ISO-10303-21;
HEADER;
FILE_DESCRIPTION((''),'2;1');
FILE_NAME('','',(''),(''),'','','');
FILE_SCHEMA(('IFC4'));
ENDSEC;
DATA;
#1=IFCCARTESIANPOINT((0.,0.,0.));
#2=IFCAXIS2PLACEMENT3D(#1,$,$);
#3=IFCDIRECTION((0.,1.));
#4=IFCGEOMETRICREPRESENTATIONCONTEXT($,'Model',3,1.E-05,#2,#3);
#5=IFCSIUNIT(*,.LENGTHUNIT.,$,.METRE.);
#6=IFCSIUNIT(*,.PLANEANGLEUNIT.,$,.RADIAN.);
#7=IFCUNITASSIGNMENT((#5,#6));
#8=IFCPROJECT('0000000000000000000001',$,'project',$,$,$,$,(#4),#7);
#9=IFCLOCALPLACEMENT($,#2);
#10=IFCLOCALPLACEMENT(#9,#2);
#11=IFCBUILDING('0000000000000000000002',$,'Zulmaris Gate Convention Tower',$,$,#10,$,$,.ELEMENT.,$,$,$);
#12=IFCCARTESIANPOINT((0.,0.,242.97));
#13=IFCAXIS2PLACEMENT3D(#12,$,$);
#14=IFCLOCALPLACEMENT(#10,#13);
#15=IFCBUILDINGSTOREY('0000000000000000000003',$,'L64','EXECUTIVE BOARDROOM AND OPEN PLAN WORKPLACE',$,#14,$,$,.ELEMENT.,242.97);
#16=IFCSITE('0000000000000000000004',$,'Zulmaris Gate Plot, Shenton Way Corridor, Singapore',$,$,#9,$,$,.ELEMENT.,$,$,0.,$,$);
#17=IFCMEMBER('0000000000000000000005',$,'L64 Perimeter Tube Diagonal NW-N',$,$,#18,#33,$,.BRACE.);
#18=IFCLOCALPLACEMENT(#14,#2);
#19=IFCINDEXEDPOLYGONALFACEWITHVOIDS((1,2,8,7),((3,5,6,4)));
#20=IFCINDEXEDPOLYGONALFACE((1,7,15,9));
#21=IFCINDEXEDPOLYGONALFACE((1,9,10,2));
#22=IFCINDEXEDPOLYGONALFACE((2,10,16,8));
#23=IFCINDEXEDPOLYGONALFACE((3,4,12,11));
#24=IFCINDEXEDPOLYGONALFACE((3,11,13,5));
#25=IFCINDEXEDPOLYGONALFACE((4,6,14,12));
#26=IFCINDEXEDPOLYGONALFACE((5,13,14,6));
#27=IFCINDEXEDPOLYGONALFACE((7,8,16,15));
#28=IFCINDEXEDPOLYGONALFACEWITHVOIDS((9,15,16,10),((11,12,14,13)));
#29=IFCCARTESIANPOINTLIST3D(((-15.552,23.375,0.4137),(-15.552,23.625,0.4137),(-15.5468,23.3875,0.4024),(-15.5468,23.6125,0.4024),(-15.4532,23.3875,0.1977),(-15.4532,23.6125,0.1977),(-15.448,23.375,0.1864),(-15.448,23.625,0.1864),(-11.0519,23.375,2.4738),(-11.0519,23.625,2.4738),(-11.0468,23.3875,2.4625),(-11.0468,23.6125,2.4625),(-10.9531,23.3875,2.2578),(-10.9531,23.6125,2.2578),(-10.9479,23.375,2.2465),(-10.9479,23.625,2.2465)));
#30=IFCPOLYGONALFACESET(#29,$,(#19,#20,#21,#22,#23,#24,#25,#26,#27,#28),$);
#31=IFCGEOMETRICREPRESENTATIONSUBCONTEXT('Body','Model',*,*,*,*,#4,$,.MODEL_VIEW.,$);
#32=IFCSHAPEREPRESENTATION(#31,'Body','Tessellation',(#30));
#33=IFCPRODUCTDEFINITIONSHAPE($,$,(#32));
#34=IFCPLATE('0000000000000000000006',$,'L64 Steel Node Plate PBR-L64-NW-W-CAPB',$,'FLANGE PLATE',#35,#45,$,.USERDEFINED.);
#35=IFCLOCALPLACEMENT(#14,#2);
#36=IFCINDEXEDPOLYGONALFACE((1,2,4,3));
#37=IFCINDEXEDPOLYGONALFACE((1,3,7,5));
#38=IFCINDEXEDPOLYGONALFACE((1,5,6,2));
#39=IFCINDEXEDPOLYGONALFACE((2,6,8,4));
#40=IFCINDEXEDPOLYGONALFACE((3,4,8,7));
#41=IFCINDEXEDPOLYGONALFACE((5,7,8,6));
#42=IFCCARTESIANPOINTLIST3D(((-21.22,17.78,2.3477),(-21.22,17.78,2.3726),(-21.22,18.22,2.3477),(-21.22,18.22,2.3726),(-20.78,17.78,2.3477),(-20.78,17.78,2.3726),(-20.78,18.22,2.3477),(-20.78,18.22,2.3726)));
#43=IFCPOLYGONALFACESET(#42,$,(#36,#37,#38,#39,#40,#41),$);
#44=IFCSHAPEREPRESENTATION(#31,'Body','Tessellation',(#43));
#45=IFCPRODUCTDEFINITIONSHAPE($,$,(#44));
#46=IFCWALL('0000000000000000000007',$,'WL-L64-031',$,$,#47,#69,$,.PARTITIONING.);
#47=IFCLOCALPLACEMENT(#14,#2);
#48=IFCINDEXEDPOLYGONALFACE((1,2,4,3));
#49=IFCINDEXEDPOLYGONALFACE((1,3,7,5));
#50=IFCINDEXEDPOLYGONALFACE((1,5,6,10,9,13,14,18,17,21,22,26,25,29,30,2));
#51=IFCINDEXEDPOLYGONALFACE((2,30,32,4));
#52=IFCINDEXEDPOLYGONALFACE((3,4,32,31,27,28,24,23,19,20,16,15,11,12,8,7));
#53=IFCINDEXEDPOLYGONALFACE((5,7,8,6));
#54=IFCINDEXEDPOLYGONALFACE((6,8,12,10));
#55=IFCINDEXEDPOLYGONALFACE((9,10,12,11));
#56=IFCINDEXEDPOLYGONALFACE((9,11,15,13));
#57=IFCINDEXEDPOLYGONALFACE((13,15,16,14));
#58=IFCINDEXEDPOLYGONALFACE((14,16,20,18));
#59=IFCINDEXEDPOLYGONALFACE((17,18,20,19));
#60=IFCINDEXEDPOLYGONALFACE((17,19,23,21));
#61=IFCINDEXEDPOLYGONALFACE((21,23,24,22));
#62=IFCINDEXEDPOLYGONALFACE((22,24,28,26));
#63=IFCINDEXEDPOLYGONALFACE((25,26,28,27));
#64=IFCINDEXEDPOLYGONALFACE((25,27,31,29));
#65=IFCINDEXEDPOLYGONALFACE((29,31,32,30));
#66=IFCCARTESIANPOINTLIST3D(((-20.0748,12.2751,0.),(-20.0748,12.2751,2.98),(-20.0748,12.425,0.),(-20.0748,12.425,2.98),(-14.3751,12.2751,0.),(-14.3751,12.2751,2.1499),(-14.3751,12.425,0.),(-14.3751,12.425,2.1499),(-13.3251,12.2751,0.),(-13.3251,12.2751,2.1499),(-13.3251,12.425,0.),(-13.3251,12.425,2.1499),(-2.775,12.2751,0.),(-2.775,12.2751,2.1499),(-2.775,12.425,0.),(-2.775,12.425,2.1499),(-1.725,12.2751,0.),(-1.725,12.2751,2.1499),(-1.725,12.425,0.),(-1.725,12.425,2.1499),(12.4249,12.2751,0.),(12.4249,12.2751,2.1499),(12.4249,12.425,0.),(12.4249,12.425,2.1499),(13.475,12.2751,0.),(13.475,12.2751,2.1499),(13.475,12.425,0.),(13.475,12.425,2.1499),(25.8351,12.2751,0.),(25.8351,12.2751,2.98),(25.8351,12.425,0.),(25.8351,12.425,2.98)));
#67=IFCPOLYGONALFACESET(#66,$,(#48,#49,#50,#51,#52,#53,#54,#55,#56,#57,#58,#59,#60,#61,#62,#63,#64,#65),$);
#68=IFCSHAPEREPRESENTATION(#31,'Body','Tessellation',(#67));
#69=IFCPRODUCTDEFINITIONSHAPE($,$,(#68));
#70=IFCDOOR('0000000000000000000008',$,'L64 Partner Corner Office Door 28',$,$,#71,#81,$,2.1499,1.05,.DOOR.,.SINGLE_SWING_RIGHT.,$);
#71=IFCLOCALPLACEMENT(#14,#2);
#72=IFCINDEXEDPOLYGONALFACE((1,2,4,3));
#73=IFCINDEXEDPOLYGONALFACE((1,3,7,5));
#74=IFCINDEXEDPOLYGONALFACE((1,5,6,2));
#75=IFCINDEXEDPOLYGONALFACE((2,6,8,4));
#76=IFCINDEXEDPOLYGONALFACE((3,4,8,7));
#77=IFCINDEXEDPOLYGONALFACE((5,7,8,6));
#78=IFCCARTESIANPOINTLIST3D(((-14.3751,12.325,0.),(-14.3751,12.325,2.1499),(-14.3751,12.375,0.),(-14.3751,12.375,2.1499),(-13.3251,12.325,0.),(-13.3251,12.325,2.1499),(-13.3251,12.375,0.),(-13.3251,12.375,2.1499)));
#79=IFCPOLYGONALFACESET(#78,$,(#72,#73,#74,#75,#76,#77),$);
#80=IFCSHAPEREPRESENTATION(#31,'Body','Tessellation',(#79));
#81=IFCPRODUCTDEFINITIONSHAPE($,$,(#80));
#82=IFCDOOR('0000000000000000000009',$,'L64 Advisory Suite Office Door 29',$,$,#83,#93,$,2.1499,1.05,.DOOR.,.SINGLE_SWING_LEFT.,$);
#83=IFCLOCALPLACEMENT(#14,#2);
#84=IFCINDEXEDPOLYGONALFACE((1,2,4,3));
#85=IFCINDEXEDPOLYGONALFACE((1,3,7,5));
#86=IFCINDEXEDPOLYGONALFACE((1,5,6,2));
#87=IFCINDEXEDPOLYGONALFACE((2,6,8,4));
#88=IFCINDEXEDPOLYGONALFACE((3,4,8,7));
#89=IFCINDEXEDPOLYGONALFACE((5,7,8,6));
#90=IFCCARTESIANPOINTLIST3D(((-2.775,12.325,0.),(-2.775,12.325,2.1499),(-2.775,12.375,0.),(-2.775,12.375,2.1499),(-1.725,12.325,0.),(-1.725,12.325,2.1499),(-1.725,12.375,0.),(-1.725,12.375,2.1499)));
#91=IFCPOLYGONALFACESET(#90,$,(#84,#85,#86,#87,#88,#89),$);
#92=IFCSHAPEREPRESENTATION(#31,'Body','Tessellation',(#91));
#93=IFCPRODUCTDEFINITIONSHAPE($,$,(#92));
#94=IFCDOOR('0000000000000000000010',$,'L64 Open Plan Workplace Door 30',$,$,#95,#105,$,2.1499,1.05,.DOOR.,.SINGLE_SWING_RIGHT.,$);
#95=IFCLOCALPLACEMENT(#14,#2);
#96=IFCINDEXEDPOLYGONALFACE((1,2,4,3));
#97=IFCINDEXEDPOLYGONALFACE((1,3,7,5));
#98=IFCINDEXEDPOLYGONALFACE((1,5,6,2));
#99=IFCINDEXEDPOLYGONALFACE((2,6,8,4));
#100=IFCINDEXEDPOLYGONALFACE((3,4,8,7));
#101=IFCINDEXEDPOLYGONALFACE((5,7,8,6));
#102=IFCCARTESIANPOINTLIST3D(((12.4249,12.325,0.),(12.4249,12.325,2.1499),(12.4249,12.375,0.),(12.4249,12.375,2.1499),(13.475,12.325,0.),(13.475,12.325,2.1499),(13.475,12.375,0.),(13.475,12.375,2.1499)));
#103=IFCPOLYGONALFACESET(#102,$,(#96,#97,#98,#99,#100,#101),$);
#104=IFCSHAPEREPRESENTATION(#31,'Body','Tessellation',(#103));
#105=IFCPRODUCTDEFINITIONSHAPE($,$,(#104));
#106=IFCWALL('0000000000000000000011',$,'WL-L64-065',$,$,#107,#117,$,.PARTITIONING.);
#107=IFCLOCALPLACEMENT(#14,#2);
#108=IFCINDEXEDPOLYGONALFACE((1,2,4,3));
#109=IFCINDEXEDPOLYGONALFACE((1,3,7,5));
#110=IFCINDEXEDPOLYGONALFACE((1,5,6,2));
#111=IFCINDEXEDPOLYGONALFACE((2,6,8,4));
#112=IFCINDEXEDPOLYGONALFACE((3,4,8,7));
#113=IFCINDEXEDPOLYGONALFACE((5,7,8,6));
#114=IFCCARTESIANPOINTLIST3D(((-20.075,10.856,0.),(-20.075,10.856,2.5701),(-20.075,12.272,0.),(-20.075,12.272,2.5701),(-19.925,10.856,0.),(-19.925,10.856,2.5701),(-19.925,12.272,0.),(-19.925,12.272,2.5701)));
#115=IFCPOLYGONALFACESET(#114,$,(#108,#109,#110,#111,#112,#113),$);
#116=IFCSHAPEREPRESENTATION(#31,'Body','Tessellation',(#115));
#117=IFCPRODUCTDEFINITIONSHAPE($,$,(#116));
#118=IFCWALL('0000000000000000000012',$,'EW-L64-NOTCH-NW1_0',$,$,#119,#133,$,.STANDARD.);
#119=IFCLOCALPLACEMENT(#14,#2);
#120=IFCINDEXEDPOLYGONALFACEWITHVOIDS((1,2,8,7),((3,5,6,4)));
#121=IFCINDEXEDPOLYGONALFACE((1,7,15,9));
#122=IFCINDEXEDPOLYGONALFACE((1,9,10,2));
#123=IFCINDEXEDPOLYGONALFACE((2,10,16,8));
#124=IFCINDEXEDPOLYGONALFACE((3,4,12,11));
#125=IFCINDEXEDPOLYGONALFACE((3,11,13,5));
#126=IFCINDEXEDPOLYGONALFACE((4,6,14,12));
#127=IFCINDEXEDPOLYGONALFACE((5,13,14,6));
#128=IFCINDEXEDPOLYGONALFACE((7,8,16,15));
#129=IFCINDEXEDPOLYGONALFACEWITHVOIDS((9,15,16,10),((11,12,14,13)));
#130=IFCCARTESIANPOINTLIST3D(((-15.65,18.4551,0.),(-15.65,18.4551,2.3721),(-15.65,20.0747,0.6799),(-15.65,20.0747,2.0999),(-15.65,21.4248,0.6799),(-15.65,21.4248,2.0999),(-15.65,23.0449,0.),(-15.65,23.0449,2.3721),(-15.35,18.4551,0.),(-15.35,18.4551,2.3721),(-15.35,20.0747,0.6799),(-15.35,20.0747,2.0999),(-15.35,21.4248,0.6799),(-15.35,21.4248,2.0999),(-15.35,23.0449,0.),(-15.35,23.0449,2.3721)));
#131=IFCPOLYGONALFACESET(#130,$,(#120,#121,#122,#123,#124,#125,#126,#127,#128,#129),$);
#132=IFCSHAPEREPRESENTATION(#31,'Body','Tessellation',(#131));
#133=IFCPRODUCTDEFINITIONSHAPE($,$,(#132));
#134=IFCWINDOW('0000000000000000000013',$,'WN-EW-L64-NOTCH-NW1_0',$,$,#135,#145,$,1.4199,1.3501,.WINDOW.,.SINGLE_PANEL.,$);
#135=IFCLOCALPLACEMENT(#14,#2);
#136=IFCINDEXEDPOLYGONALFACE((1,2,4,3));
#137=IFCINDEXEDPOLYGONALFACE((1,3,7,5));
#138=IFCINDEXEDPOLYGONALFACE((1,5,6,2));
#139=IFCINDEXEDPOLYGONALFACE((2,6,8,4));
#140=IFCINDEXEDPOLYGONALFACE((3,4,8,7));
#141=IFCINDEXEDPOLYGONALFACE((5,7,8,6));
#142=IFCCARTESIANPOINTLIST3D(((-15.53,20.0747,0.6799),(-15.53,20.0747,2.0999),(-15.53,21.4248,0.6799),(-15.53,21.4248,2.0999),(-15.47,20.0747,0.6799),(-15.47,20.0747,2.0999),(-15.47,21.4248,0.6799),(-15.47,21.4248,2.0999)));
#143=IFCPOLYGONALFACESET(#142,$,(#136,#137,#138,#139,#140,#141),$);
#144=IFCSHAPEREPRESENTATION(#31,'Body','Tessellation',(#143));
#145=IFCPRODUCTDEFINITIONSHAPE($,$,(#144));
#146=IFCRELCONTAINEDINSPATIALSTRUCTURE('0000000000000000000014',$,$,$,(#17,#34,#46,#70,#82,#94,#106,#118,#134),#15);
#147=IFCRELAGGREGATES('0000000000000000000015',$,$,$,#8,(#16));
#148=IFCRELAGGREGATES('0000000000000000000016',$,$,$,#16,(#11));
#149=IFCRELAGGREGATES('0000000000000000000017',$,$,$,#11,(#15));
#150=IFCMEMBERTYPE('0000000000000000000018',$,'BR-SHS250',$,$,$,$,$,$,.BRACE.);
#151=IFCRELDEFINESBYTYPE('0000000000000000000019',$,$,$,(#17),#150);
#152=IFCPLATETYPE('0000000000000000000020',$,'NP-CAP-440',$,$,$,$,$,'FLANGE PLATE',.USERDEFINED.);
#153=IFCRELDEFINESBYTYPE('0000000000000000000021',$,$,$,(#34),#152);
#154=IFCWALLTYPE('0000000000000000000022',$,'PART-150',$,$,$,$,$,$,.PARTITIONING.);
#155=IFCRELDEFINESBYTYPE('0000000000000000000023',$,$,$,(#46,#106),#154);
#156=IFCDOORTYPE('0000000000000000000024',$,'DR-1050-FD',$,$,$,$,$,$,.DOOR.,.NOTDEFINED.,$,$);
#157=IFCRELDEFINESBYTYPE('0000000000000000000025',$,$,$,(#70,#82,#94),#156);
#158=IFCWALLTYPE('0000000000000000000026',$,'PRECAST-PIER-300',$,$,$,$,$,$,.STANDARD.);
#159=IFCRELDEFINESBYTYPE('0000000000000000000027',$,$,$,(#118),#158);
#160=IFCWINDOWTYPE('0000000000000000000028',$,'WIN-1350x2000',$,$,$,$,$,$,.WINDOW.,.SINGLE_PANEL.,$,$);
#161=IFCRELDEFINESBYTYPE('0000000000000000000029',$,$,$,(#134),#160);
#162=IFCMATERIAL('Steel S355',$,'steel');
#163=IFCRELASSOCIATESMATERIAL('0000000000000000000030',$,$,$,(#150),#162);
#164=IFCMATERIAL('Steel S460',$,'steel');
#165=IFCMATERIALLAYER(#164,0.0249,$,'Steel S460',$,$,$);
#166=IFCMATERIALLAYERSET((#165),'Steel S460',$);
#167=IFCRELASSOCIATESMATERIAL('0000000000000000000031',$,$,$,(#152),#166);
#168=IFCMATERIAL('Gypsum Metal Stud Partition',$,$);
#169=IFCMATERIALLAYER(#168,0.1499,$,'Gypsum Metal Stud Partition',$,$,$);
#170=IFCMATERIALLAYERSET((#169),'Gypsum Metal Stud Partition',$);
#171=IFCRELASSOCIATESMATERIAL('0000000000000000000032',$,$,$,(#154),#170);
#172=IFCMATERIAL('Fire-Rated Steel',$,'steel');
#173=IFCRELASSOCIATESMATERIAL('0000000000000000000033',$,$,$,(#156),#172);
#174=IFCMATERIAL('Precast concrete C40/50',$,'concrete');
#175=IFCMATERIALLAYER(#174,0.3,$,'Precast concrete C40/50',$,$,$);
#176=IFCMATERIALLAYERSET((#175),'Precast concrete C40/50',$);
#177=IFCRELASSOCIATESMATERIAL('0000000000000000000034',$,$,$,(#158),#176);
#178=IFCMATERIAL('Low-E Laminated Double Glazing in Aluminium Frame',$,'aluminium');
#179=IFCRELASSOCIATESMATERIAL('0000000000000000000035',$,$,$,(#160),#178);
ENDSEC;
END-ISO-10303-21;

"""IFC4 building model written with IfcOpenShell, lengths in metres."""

from ifc_helpers import new_model, si_unit, direction, frame, frame_2d, origin, origin_2d, place, context, subcontext, project, spatial, rectangle, hollow_rectangle, extrude, material, layer, layer_set, material_profile, profile_set, type_object, element, fill, save


model = new_model("IFC4")

# Units and contexts
model_context = context("Model", 3, precision=1e-05, world=origin(), true_north=direction((0.0, 1.0)))
body_context = subcontext(model_context, "Body", "Model", "MODEL_VIEW")
ifc_project = project(units=[si_unit("LENGTHUNIT", "METRE"), si_unit("PLANEANGLEUNIT", "RADIAN")], contexts=[model_context])

# Site, building, storey
site_placement = place(None, origin())
site = spatial("IfcSite", under=ifc_project, at=site_placement, Name="Zulmaris Gate Plot, Shenton Way Corridor, Singapore", CompositionType="ELEMENT", RefElevation=0.0)
building_placement = place(site_placement, origin())
building = spatial("IfcBuilding", under=site, at=building_placement, Name="Zulmaris Gate Convention Tower", CompositionType="ELEMENT")
storey_placement = place(building_placement, frame((0.0, 0.0, 242.97)))
storey = spatial("IfcBuildingStorey", under=building, at=storey_placement, Name="L64", Description="EXECUTIVE BOARDROOM AND OPEN PLAN WORKPLACE", CompositionType="ELEMENT", Elevation=242.97)

# Shared definitions
ifc_material_1 = material(Name="Steel S355", Category="steel")

# Member
ifc_material_profile_1 = material_profile(ifc_material_1, hollow_rectangle(XDim=0.25, YDim=0.25, WallThickness=0.0125, at=origin_2d()), Name="SHS 250x250x12.5")
ifc_profile_set_1 = profile_set([ifc_material_profile_1], Name="Steel S355")
member_type = type_object("IfcMemberType", Name="BR-SHS250", PredefinedType="BRACE", material=ifc_profile_set_1)
member_placement = place(storey_placement, frame((-15.5, 23.5, 0.3), z_axis=(0.909252, 0.0, 0.416247), x_axis=(0.0, 1.0, 0.0)))
element("IfcMember", 1, at=member_placement, inside=storey, type_object=member_type, Name="L64 Perimeter Tube Diagonal NW-N", PredefinedType="BRACE", context=body_context, shape_type="SweptSolid", body=[
    extrude(hollow_rectangle(XDim=0.25, YDim=0.25, WallThickness=0.0125, at=origin_2d()), origin(), (0.0, 0.0, 1.0), 4.9492),
])

# Plate
ifc_material_2 = material(Name="Steel S460", Category="steel")
ifc_layer_1 = layer(ifc_material_2, 0.0249, Name="Steel S460")
ifc_layer_set_1 = layer_set([ifc_layer_1], Name="Steel S460")
plate_type = type_object("IfcPlateType", Name="NP-CAP-440", ElementType="FLANGE PLATE", PredefinedType="USERDEFINED", material=ifc_layer_set_1)
plate_placement = place(storey_placement, frame((-21.0, 18.0, 2.3477), z_axis=(0.0, 0.0, 1.0), x_axis=(1.0, 0.0, 0.0)))
element("IfcPlate", 2, at=plate_placement, inside=storey, type_object=plate_type, Name="L64 Steel Node Plate PBR-L64-NW-W-CAPB", ObjectType="FLANGE PLATE", PredefinedType="USERDEFINED", context=body_context, shape_type="SweptSolid", body=[
    extrude(rectangle(XDim=0.4399, YDim=0.4399, at=origin_2d()), origin(), (0.0, 0.0, 1.0), 0.0249),
])

# Shared definitions
ifc_material_3 = material(Name="Fire-Rated Steel", Category="steel")

# Wall, openings, doors
ifc_material_4 = material(Name="Gypsum Metal Stud Partition")
ifc_layer_2 = layer(ifc_material_4, 0.1499, Name="Gypsum Metal Stud Partition")
ifc_layer_set_2 = layer_set([ifc_layer_2], Name="Gypsum Metal Stud Partition")
wall_type_1 = type_object("IfcWallType", Name="PART-150", PredefinedType="PARTITIONING", material=ifc_layer_set_2)
wall_1_placement = place(storey_placement, frame((-20.075, 12.3501, 0.0), z_axis=(0.0, 0.0, 1.0), x_axis=(1.0, 0.0, 0.0)))
wall_1 = element("IfcWall", 3, at=wall_1_placement, inside=storey, type_object=wall_type_1, Name="WL-L64-031", PredefinedType="PARTITIONING", context=body_context, shape_type="SweptSolid", body=[
    extrude(rectangle(XDim=45.9099, YDim=0.1499, at=frame_2d((22.9551, 0.0))), origin(), (0.0, 0.0, 1.0), 2.98),
])
opening_1_placement = place(wall_1_placement, frame((5.7, 0.0, 0.0)))
opening_1 = element("IfcOpeningElement", 4, at=opening_1_placement, cuts=wall_1, PredefinedType="OPENING", context=body_context, shape_type="SweptSolid", body=[
    extrude(rectangle(XDim=1.05, YDim=2.1499, at=frame_2d((0.5249, 1.075))), frame((0.0, 0.085, 0.0), z_axis=(0.0, -1.0, 0.0), x_axis=(1.0, 0.0, 0.0)), (0.0, 0.0, 1.0), 0.1699),
])
opening_2_placement = place(wall_1_placement, frame((17.3, 0.0, 0.0)))
opening_2 = element("IfcOpeningElement", 5, at=opening_2_placement, cuts=wall_1, PredefinedType="OPENING", context=body_context, shape_type="SweptSolid", body=[
    extrude(rectangle(XDim=1.05, YDim=2.1499, at=frame_2d((0.5249, 1.075))), frame((0.0, 0.085, 0.0), z_axis=(0.0, -1.0, 0.0), x_axis=(1.0, 0.0, 0.0)), (0.0, 0.0, 1.0), 0.1699),
])
opening_3_placement = place(wall_1_placement, frame((32.5, 0.0, 0.0)))
opening_3 = element("IfcOpeningElement", 6, at=opening_3_placement, cuts=wall_1, PredefinedType="OPENING", context=body_context, shape_type="SweptSolid", body=[
    extrude(rectangle(XDim=1.05, YDim=2.1499, at=frame_2d((0.5249, 1.075))), frame((0.0, 0.085, 0.0), z_axis=(0.0, -1.0, 0.0), x_axis=(1.0, 0.0, 0.0)), (0.0, 0.0, 1.0), 0.1699),
])
door_type_1 = type_object("IfcDoorType", Name="DR-1050-FD", OperationType="NOTDEFINED", PredefinedType="DOOR", material=ifc_material_3)
door_1_placement = place(opening_1_placement, origin())
door_1 = element("IfcDoor", 7, at=door_1_placement, inside=storey, type_object=door_type_1, Name="L64 Partner Corner Office Door 28", OperationType="SINGLE_SWING_RIGHT", OverallHeight=2.1499, OverallWidth=1.05, PredefinedType="DOOR", context=body_context, shape_type="SweptSolid", body=[
    extrude(rectangle(XDim=1.05, YDim=2.1499, at=frame_2d((0.5249, 1.075))), frame((0.0, 0.0249, 0.0), z_axis=(0.0, -1.0, 0.0), x_axis=(1.0, 0.0, 0.0)), (0.0, 0.0, 1.0), 0.05),
])
fill(opening_1, door_1)
door_2_placement = place(opening_2_placement, origin())
door_2 = element("IfcDoor", 8, at=door_2_placement, inside=storey, type_object=door_type_1, Name="L64 Advisory Suite Office Door 29", OperationType="SINGLE_SWING_LEFT", OverallHeight=2.1499, OverallWidth=1.05, PredefinedType="DOOR", context=body_context, shape_type="SweptSolid", body=[
    extrude(rectangle(XDim=1.05, YDim=2.1499, at=frame_2d((0.5249, 1.075))), frame((0.0, 0.0249, 0.0), z_axis=(0.0, -1.0, 0.0), x_axis=(1.0, 0.0, 0.0)), (0.0, 0.0, 1.0), 0.05),
])
fill(opening_2, door_2)
door_3_placement = place(opening_3_placement, origin())
door_3 = element("IfcDoor", 9, at=door_3_placement, inside=storey, type_object=door_type_1, Name="L64 Open Plan Workplace Door 30", OperationType="SINGLE_SWING_RIGHT", OverallHeight=2.1499, OverallWidth=1.05, PredefinedType="DOOR", context=body_context, shape_type="SweptSolid", body=[
    extrude(rectangle(XDim=1.05, YDim=2.1499, at=frame_2d((0.5249, 1.075))), frame((0.0, 0.0249, 0.0), z_axis=(0.0, -1.0, 0.0), x_axis=(1.0, 0.0, 0.0)), (0.0, 0.0, 1.0), 0.05),
])
fill(opening_3, door_3)

# Wall
wall_2_placement = place(storey_placement, frame((-20.0, 10.856, 0.0), z_axis=(0.0, 0.0, 1.0), x_axis=(0.0, 1.0, 0.0)))
element("IfcWall", 10, at=wall_2_placement, inside=storey, type_object=wall_type_1, Name="WL-L64-065", PredefinedType="PARTITIONING", context=body_context, shape_type="SweptSolid", body=[
    extrude(rectangle(XDim=1.416, YDim=0.1499, at=frame_2d((0.708, 0.0))), origin(), (0.0, 0.0, 1.0), 2.5701),
])

# Wall, opening, window
ifc_material_5 = material(Name="Precast concrete C40/50", Category="concrete")
ifc_layer_3 = layer(ifc_material_5, 0.3, Name="Precast concrete C40/50")
ifc_layer_set_3 = layer_set([ifc_layer_3], Name="Precast concrete C40/50")
wall_type_2 = type_object("IfcWallType", Name="PRECAST-PIER-300", PredefinedType="STANDARD", material=ifc_layer_set_3)
wall_3_placement = place(storey_placement, frame((-15.5, 23.0449, 0.0), z_axis=(0.0, 0.0, 1.0), x_axis=(0.0, -1.0, 0.0)))
wall_3 = element("IfcWall", 11, at=wall_3_placement, inside=storey, type_object=wall_type_2, Name="EW-L64-NOTCH-NW1_0", PredefinedType="STANDARD", context=body_context, shape_type="SweptSolid", body=[
    extrude(rectangle(XDim=4.5898, YDim=0.3, at=frame_2d((2.2949, 0.0))), origin(), (0.0, 0.0, 1.0), 2.3721),
])
opening_4_placement = place(wall_3_placement, frame((1.6201, 0.0, 0.6799)))
opening_4 = element("IfcOpeningElement", 12, at=opening_4_placement, cuts=wall_3, PredefinedType="OPENING", context=body_context, shape_type="SweptSolid", body=[
    extrude(rectangle(XDim=1.3501, YDim=1.4199, at=frame_2d((0.675, 0.71))), frame((0.0, 0.1602, 0.0), z_axis=(0.0, -1.0, 0.0), x_axis=(1.0, 0.0, 0.0)), (0.0, 0.0, 1.0), 0.3201),
])
ifc_material_6 = material(Name="Low-E Laminated Double Glazing in Aluminium Frame", Category="aluminium")
window_type = type_object("IfcWindowType", Name="WIN-1350x2000", PartitioningType="SINGLE_PANEL", PredefinedType="WINDOW", material=ifc_material_6)
window_1_placement = place(opening_4_placement, origin())
window_1 = element("IfcWindow", 13, at=window_1_placement, inside=storey, type_object=window_type, Name="WN-EW-L64-NOTCH-NW1_0", OverallHeight=1.4199, OverallWidth=1.3501, PartitioningType="SINGLE_PANEL", PredefinedType="WINDOW", context=body_context, shape_type="SweptSolid", body=[
    extrude(rectangle(XDim=1.3501, YDim=1.4199, at=frame_2d((0.675, 0.71))), frame((0.0, 0.03, 0.0), z_axis=(0.0, -1.0, 0.0), x_axis=(1.0, 0.0, 0.0)), (0.0, 0.0, 1.0), 0.0601),
])
fill(opening_4, window_1)

save(model, "model.ifc")
